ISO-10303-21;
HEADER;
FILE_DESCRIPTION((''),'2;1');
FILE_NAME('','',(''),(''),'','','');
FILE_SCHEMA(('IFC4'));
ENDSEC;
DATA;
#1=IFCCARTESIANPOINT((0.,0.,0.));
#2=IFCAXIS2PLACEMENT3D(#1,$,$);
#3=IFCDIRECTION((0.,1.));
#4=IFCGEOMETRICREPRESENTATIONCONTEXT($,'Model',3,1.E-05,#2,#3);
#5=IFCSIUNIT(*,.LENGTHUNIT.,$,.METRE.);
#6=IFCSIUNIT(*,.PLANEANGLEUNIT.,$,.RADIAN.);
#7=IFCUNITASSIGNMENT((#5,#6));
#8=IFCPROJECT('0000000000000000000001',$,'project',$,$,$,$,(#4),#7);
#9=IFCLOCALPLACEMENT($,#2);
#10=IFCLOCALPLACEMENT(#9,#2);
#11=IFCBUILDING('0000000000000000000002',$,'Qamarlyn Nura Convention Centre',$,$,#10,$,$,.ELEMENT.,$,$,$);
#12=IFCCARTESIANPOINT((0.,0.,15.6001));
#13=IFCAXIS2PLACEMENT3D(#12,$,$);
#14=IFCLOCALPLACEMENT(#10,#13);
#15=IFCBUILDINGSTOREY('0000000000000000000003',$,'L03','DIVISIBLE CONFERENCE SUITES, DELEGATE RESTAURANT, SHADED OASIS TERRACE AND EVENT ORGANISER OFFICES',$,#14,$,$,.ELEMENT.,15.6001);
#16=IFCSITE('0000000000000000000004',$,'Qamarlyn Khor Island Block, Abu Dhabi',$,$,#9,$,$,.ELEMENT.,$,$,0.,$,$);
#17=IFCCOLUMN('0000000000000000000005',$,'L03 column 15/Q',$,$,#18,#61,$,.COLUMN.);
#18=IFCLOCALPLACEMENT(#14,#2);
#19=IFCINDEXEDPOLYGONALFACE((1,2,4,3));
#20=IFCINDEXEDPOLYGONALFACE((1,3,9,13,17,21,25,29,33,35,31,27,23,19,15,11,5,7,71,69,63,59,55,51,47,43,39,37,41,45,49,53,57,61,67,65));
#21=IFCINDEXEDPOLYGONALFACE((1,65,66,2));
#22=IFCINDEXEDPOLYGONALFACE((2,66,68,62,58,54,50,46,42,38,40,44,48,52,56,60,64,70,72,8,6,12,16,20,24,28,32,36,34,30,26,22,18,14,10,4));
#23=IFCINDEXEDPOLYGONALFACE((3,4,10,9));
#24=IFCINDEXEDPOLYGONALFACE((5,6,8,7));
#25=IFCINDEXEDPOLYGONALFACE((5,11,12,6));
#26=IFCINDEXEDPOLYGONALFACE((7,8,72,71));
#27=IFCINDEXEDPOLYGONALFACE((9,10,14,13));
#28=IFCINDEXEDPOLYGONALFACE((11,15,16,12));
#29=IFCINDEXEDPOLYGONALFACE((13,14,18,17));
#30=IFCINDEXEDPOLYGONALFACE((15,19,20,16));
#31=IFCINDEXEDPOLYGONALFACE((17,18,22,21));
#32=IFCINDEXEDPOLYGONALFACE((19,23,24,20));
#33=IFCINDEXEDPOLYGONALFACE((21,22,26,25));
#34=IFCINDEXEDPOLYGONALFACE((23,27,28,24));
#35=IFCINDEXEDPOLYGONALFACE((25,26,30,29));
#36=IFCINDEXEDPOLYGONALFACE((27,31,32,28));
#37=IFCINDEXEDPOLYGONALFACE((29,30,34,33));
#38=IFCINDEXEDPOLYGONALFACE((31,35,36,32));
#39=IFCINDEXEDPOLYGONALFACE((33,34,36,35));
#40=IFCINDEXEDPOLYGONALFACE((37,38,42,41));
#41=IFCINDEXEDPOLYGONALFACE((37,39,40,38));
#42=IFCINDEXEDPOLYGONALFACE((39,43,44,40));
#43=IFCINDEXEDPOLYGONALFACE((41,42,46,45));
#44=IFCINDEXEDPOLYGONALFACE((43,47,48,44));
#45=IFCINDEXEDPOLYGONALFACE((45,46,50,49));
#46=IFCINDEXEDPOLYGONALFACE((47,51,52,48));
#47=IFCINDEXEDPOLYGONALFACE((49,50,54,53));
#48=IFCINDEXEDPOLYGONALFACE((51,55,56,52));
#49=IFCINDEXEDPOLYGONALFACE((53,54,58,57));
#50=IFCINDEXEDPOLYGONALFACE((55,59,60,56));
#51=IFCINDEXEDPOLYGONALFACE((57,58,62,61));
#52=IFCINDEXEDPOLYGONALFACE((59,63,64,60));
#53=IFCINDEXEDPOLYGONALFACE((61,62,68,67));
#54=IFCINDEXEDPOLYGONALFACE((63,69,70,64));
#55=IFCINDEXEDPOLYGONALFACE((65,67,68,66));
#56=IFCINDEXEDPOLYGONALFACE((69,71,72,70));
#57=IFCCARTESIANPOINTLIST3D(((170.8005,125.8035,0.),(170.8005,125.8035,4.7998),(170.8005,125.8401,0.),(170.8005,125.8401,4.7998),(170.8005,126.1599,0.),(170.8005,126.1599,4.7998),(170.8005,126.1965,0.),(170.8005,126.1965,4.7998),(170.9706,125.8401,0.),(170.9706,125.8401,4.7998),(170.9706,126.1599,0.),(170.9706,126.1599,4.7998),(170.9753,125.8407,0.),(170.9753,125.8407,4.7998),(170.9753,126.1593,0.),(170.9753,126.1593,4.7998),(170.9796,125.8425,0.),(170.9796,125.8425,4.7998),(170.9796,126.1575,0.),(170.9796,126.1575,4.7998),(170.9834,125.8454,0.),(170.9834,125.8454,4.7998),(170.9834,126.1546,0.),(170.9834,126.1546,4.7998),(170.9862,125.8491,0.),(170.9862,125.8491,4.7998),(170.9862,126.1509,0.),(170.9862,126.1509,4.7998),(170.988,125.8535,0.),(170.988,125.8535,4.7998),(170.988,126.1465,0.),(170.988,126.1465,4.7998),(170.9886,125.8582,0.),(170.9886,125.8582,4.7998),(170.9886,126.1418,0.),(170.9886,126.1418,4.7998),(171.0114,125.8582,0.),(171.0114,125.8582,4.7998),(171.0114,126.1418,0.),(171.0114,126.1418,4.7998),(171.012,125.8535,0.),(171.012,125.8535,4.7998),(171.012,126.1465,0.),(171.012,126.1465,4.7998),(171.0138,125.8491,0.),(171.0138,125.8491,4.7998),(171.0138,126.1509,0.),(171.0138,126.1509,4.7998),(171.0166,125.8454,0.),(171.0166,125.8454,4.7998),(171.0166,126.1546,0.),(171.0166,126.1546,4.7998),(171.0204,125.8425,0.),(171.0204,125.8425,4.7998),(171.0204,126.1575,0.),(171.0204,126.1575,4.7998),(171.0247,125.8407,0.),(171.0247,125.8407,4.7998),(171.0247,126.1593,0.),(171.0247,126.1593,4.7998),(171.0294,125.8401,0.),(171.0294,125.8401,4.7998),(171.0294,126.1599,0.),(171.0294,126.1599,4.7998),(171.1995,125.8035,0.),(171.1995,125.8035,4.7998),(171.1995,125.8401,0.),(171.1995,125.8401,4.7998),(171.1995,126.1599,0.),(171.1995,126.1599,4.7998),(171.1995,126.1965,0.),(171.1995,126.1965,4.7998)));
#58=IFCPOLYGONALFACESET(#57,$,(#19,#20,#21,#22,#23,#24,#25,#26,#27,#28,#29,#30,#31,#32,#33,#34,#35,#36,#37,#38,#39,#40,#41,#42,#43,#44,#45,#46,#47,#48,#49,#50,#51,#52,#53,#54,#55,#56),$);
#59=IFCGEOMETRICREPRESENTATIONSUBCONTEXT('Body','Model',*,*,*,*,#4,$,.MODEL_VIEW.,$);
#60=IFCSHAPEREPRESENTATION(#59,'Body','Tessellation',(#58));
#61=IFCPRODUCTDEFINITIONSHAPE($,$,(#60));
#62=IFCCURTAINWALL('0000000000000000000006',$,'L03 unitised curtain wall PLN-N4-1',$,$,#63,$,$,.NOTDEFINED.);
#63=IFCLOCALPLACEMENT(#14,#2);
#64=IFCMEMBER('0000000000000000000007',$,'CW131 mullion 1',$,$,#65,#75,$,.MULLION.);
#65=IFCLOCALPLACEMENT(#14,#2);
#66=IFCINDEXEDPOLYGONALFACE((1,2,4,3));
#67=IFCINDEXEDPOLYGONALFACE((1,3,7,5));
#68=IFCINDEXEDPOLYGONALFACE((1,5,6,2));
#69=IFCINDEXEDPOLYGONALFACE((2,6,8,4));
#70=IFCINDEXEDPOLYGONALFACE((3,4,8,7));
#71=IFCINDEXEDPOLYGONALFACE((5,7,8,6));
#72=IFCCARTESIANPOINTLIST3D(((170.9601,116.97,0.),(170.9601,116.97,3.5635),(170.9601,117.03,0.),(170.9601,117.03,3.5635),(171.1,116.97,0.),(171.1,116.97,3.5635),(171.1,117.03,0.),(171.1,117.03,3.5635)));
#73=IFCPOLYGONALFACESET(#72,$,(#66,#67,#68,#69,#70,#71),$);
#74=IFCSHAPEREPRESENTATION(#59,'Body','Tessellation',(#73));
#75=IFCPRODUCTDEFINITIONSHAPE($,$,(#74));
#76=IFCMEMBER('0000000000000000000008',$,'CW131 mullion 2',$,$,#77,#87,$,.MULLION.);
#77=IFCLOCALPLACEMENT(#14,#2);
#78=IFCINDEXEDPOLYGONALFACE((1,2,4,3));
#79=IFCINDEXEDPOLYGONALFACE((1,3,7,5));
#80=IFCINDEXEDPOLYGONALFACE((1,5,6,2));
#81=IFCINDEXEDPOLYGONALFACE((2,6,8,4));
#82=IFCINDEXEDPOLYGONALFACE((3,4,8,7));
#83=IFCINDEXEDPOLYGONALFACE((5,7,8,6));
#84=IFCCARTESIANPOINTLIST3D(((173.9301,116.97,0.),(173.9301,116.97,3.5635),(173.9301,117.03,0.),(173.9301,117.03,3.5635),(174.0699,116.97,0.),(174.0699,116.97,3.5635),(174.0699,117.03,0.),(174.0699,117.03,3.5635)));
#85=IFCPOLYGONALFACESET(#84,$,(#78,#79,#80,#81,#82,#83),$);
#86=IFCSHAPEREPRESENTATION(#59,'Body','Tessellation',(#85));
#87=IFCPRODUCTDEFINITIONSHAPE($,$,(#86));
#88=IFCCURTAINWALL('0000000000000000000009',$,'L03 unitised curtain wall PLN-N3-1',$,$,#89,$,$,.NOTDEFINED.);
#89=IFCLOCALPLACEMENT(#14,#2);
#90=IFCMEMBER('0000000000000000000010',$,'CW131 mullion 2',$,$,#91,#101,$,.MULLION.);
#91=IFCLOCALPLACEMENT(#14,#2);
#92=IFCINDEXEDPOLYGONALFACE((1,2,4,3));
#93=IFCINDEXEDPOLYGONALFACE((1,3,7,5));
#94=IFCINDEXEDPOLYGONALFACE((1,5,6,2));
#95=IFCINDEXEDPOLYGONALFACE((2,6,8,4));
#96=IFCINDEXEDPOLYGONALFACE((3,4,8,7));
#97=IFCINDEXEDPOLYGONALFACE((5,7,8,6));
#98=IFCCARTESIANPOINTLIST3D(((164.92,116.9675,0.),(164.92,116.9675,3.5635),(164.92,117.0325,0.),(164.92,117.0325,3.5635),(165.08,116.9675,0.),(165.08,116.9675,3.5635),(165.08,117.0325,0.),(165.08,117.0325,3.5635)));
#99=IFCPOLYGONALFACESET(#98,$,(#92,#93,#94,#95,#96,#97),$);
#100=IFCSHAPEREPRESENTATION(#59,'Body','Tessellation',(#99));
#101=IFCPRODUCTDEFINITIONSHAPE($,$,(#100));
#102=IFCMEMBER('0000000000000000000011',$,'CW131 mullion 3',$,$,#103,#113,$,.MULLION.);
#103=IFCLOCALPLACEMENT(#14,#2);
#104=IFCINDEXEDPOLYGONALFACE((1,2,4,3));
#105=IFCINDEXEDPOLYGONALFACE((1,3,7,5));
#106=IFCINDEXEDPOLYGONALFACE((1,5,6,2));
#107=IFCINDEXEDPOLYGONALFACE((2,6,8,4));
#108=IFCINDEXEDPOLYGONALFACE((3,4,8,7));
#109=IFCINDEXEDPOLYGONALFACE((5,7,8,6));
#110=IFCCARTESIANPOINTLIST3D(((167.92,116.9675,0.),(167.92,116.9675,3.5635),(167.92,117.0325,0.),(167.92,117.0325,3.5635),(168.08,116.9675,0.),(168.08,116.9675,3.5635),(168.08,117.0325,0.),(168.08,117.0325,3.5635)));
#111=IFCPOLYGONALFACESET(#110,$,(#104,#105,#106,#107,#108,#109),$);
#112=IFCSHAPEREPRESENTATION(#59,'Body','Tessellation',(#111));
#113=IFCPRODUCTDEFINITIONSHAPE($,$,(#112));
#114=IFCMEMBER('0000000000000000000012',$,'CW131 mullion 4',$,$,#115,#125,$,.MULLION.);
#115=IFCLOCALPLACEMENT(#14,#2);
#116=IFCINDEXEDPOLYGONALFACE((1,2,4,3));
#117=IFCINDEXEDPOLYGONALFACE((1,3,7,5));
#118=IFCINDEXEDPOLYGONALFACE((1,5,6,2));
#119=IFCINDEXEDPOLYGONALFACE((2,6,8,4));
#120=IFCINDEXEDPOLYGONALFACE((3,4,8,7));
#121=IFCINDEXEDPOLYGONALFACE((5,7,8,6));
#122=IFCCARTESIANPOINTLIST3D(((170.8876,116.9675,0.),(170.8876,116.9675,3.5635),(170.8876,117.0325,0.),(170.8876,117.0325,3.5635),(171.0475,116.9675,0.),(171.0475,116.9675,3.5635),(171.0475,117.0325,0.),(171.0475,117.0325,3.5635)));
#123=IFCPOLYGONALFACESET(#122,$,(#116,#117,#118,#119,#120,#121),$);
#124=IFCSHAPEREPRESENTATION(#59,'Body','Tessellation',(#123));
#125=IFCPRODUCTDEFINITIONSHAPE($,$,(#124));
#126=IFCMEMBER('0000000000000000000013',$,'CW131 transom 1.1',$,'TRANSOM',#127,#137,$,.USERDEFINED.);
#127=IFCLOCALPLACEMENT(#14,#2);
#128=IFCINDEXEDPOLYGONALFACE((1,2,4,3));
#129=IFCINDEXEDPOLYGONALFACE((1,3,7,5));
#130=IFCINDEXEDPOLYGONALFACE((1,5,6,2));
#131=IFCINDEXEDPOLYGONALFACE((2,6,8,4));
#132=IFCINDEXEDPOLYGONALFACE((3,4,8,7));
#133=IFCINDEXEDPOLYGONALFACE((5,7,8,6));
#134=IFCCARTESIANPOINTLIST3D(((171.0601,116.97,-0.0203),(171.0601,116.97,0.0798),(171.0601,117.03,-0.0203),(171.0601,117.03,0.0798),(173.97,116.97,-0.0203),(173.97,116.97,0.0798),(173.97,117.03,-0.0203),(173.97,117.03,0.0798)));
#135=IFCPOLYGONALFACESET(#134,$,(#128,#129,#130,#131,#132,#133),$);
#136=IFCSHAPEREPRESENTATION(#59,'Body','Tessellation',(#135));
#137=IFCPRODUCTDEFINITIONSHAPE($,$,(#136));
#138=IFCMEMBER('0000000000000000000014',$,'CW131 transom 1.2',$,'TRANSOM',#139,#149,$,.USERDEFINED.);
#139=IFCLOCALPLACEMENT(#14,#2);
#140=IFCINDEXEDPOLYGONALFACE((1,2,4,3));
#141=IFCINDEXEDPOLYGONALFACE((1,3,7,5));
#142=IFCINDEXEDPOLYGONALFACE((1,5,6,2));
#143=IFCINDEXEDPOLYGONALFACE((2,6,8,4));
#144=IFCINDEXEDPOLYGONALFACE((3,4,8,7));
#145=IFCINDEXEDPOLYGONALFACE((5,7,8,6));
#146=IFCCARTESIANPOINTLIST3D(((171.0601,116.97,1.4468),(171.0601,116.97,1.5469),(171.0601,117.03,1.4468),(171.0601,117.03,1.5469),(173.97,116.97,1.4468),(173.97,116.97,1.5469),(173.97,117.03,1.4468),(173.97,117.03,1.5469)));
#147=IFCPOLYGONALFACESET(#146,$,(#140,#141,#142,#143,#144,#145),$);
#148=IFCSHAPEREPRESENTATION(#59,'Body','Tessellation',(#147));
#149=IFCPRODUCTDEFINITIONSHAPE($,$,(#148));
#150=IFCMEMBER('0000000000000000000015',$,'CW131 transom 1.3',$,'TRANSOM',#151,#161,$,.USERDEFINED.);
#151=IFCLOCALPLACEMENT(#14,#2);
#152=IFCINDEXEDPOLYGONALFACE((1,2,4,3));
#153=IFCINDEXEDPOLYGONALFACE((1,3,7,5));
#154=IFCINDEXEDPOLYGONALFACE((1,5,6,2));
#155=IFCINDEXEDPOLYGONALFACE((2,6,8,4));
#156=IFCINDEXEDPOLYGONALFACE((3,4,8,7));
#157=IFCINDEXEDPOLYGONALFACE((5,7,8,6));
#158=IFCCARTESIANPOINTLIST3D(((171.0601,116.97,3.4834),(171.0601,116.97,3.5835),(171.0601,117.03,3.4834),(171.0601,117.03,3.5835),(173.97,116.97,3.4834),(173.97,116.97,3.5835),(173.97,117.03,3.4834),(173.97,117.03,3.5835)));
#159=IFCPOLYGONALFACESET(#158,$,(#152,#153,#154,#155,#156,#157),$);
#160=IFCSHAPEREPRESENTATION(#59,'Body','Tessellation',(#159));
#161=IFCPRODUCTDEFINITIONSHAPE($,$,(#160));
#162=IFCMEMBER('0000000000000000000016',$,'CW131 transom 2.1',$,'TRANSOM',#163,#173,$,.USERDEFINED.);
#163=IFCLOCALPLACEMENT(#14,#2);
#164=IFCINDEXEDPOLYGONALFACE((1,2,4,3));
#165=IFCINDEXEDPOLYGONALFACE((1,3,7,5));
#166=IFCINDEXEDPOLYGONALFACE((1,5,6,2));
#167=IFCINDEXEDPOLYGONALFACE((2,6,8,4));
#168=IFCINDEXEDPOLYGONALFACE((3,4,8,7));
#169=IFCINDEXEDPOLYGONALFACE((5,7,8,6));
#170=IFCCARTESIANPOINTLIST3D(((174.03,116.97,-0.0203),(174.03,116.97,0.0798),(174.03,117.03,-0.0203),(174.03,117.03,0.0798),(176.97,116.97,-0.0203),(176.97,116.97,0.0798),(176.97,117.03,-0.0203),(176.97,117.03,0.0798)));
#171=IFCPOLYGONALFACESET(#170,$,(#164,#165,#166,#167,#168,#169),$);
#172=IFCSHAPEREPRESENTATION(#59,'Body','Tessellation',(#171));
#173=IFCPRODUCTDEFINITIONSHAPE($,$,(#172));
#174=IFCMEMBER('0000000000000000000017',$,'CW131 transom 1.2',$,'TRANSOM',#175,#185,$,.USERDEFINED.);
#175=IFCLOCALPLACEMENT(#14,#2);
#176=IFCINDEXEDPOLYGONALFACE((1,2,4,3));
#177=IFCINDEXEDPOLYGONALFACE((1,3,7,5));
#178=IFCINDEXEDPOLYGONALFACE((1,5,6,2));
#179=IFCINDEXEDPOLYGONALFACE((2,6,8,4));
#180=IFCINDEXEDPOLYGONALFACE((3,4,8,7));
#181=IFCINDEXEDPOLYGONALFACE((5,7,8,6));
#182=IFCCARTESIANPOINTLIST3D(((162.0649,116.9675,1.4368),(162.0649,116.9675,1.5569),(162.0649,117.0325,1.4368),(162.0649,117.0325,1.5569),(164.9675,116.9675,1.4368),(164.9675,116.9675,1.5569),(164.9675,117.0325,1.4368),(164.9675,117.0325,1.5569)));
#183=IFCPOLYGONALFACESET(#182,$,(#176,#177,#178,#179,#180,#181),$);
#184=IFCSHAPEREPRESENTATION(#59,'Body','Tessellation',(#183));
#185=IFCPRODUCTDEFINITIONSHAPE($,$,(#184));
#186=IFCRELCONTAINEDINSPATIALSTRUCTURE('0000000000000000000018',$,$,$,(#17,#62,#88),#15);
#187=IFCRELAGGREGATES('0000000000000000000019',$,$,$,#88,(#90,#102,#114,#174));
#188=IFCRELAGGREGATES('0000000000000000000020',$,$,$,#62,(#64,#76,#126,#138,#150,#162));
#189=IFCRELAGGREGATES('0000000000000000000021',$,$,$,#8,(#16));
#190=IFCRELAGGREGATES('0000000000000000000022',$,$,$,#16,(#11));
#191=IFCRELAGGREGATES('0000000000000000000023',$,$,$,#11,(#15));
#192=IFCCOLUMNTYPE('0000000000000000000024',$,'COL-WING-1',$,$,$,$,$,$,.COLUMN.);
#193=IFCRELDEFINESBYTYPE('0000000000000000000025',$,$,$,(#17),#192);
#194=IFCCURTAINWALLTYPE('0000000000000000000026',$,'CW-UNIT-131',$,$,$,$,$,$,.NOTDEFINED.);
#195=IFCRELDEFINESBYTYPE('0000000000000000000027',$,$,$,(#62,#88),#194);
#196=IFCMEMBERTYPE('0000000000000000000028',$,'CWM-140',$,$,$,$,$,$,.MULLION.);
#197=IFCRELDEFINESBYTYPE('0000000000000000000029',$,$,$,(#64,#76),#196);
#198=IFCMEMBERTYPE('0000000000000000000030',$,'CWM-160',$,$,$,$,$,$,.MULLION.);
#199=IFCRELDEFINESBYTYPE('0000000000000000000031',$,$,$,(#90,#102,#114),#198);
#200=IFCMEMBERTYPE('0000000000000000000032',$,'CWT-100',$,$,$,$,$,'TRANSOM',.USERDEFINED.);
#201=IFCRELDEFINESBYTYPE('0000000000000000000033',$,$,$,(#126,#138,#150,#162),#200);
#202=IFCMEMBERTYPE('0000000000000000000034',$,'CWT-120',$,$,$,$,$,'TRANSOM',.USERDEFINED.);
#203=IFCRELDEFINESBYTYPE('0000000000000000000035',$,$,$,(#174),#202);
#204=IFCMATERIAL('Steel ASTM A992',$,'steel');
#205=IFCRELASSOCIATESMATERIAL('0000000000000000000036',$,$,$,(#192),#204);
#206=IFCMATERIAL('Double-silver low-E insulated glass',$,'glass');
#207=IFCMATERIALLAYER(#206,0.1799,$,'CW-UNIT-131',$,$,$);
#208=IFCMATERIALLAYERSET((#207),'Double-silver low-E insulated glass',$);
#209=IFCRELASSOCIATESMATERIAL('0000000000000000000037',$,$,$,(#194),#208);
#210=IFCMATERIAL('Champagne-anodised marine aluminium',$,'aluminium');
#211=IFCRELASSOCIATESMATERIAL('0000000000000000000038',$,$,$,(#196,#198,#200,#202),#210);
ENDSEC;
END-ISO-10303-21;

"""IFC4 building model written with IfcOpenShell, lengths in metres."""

from ifc_helpers import new_model, si_unit, direction, frame, origin, origin_2d, place, context, subcontext, project, spatial, rectangle, i_section, extrude, material, layer, layer_set, material_profile, profile_set, type_object, element, aggregate, save


model = new_model("IFC4")

# Units and contexts
model_context = context("Model", 3, precision=1e-05, world=origin(), true_north=direction((0.0, 1.0)))
body_context = subcontext(model_context, "Body", "Model", "MODEL_VIEW")
ifc_project = project(units=[si_unit("LENGTHUNIT", "METRE"), si_unit("PLANEANGLEUNIT", "RADIAN")], contexts=[model_context])

# Site, building, storey
site_placement = place(None, origin())
site = spatial("IfcSite", under=ifc_project, at=site_placement, Name="Qamarlyn Khor Island Block, Abu Dhabi", CompositionType="ELEMENT", RefElevation=0.0)
building_placement = place(site_placement, origin())
building = spatial("IfcBuilding", under=site, at=building_placement, Name="Qamarlyn Nura Convention Centre", CompositionType="ELEMENT")
storey_placement = place(building_placement, frame((0.0, 0.0, 15.6001)))
storey = spatial("IfcBuildingStorey", under=building, at=storey_placement, Name="L03", Description="DIVISIBLE CONFERENCE SUITES, DELEGATE RESTAURANT, SHADED OASIS TERRACE AND EVENT ORGANISER OFFICES", CompositionType="ELEMENT", Elevation=15.6001)

# Column
ifc_material_1 = material(Name="Steel ASTM A992", Category="steel")
ifc_material_profile_1 = material_profile(ifc_material_1, i_section(OverallWidth=0.3989, OverallDepth=0.3931, WebThickness=0.0227, FlangeThickness=0.0366, FilletRadius=0.0181, at=origin_2d()), Name="W360X287")
ifc_profile_set_1 = profile_set([ifc_material_profile_1], Name="Steel ASTM A992")
column_type = type_object("IfcColumnType", Name="COL-WING-1", PredefinedType="COLUMN", material=ifc_profile_set_1)
column_placement = place(storey_placement, frame((171.0, 126.0, 0.0), z_axis=(0.0, 0.0, 1.0), x_axis=(1.0, 0.0, 0.0)))
element("IfcColumn", 1, at=column_placement, inside=storey, type_object=column_type, Name="L03 column 15/Q", PredefinedType="COLUMN", context=body_context, shape_type="SweptSolid", body=[
    extrude(i_section(OverallWidth=0.3989, OverallDepth=0.3931, WebThickness=0.0227, FlangeThickness=0.0366, FilletRadius=0.0181, at=origin_2d()), origin(), (0.0, 0.0, 1.0), 4.7998),
])

# Curtain walls, members
ifc_material_2 = material(Name="Double-silver low-E insulated glass", Category="glass")
ifc_layer_1 = layer(ifc_material_2, 0.1799, Name="CW-UNIT-131")
ifc_layer_set_1 = layer_set([ifc_layer_1], Name="Double-silver low-E insulated glass")
curtain_wall_type = type_object("IfcCurtainWallType", Name="CW-UNIT-131", PredefinedType="NOTDEFINED", material=ifc_layer_set_1)
curtain_wall_1_placement = place(storey_placement, origin())
curtain_wall_1 = element("IfcCurtainWall", 2, at=curtain_wall_1_placement, inside=storey, type_object=curtain_wall_type, Name="L03 unitised curtain wall PLN-N4-1", PredefinedType="NOTDEFINED")
ifc_material_3 = material(Name="Champagne-anodised marine aluminium", Category="aluminium")
ifc_material_profile_2 = material_profile(ifc_material_3, rectangle(XDim=0.0601, YDim=0.1399, at=origin_2d()), Name="ALU MULLION 60x140")
ifc_profile_set_2 = profile_set([ifc_material_profile_2], Name="Champagne-anodised marine aluminium")
member_type_1 = type_object("IfcMemberType", Name="CWM-140", PredefinedType="MULLION", material=ifc_profile_set_2)
member_1_placement = place(storey_placement, frame((171.03, 117.0, 0.0), z_axis=(0.0, 0.0, 1.0), x_axis=(0.0, 1.0, 0.0)))
member_1 = element("IfcMember", 3, at=member_1_placement, type_object=member_type_1, Name="CW131 mullion 1", PredefinedType="MULLION", context=body_context, shape_type="SweptSolid", body=[
    extrude(rectangle(XDim=0.0601, YDim=0.1399, at=origin_2d()), origin(), (0.0, 0.0, 1.0), 3.5635),
])
member_2_placement = place(storey_placement, frame((174.0, 117.0, 0.0), z_axis=(0.0, 0.0, 1.0), x_axis=(0.0, 1.0, 0.0)))
member_2 = element("IfcMember", 4, at=member_2_placement, type_object=member_type_1, Name="CW131 mullion 2", PredefinedType="MULLION", context=body_context, shape_type="SweptSolid", body=[
    extrude(rectangle(XDim=0.0601, YDim=0.1399, at=origin_2d()), origin(), (0.0, 0.0, 1.0), 3.5635),
])
curtain_wall_2_placement = place(storey_placement, origin())
curtain_wall_2 = element("IfcCurtainWall", 5, at=curtain_wall_2_placement, inside=storey, type_object=curtain_wall_type, Name="L03 unitised curtain wall PLN-N3-1", PredefinedType="NOTDEFINED")
ifc_material_profile_3 = material_profile(ifc_material_3, rectangle(XDim=0.0649, YDim=0.1599, at=origin_2d()), Name="ALU MULLION 65x160")
ifc_profile_set_3 = profile_set([ifc_material_profile_3], Name="Champagne-anodised marine aluminium")
member_type_2 = type_object("IfcMemberType", Name="CWM-160", PredefinedType="MULLION", material=ifc_profile_set_3)
member_3_placement = place(storey_placement, frame((165.0, 117.0, 0.0), z_axis=(0.0, 0.0, 1.0), x_axis=(0.0, 1.0, 0.0)))
member_3 = element("IfcMember", 6, at=member_3_placement, type_object=member_type_2, Name="CW131 mullion 2", PredefinedType="MULLION", context=body_context, shape_type="SweptSolid", body=[
    extrude(rectangle(XDim=0.0649, YDim=0.1599, at=origin_2d()), origin(), (0.0, 0.0, 1.0), 3.5635),
])
member_4_placement = place(storey_placement, frame((168.0, 117.0, 0.0), z_axis=(0.0, 0.0, 1.0), x_axis=(0.0, 1.0, 0.0)))
member_4 = element("IfcMember", 7, at=member_4_placement, type_object=member_type_2, Name="CW131 mullion 3", PredefinedType="MULLION", context=body_context, shape_type="SweptSolid", body=[
    extrude(rectangle(XDim=0.0649, YDim=0.1599, at=origin_2d()), origin(), (0.0, 0.0, 1.0), 3.5635),
])
member_5_placement = place(storey_placement, frame((170.9675, 117.0, 0.0), z_axis=(0.0, 0.0, 1.0), x_axis=(0.0, 1.0, 0.0)))
member_5 = element("IfcMember", 8, at=member_5_placement, type_object=member_type_2, Name="CW131 mullion 4", PredefinedType="MULLION", context=body_context, shape_type="SweptSolid", body=[
    extrude(rectangle(XDim=0.0649, YDim=0.1599, at=origin_2d()), origin(), (0.0, 0.0, 1.0), 3.5635),
])

# Members
ifc_material_profile_4 = material_profile(ifc_material_3, rectangle(XDim=0.0601, YDim=0.1001, at=origin_2d()), Name="ALU TRANSOM 60x100")
ifc_profile_set_4 = profile_set([ifc_material_profile_4], Name="Champagne-anodised marine aluminium")
member_type_3 = type_object("IfcMemberType", Name="CWT-100", ElementType="TRANSOM", PredefinedType="USERDEFINED", material=ifc_profile_set_4)
member_6_placement = place(storey_placement, frame((171.0601, 117.0, 0.0298), z_axis=(1.0, 0.0, 0.0), x_axis=(0.0, 1.0, 0.0)))
member_6 = element("IfcMember", 9, at=member_6_placement, type_object=member_type_3, Name="CW131 transom 1.1", ObjectType="TRANSOM", PredefinedType="USERDEFINED", context=body_context, shape_type="SweptSolid", body=[
    extrude(rectangle(XDim=0.0601, YDim=0.1001, at=origin_2d()), origin(), (0.0, 0.0, 1.0), 2.9099),
])
member_7_placement = place(storey_placement, frame((171.0601, 117.0, 1.4968), z_axis=(1.0, 0.0, 0.0), x_axis=(0.0, 1.0, 0.0)))
member_7 = element("IfcMember", 10, at=member_7_placement, type_object=member_type_3, Name="CW131 transom 1.2", ObjectType="TRANSOM", PredefinedType="USERDEFINED", context=body_context, shape_type="SweptSolid", body=[
    extrude(rectangle(XDim=0.0601, YDim=0.1001, at=origin_2d()), origin(), (0.0, 0.0, 1.0), 2.9099),
])
member_8_placement = place(storey_placement, frame((171.0601, 117.0, 3.5334), z_axis=(1.0, 0.0, 0.0), x_axis=(0.0, 1.0, 0.0)))
member_8 = element("IfcMember", 11, at=member_8_placement, type_object=member_type_3, Name="CW131 transom 1.3", ObjectType="TRANSOM", PredefinedType="USERDEFINED", context=body_context, shape_type="SweptSolid", body=[
    extrude(rectangle(XDim=0.0601, YDim=0.1001, at=origin_2d()), origin(), (0.0, 0.0, 1.0), 2.9099),
])
member_9_placement = place(storey_placement, frame((174.03, 117.0, 0.0298), z_axis=(1.0, 0.0, 0.0), x_axis=(0.0, 1.0, 0.0)))
member_9 = element("IfcMember", 12, at=member_9_placement, type_object=member_type_3, Name="CW131 transom 2.1", ObjectType="TRANSOM", PredefinedType="USERDEFINED", context=body_context, shape_type="SweptSolid", body=[
    extrude(rectangle(XDim=0.0601, YDim=0.1001, at=origin_2d()), origin(), (0.0, 0.0, 1.0), 2.9399),
])
ifc_material_profile_5 = material_profile(ifc_material_3, rectangle(XDim=0.0649, YDim=0.1201, at=origin_2d()), Name="ALU TRANSOM 65x120")
ifc_profile_set_5 = profile_set([ifc_material_profile_5], Name="Champagne-anodised marine aluminium")
member_type_4 = type_object("IfcMemberType", Name="CWT-120", ElementType="TRANSOM", PredefinedType="USERDEFINED", material=ifc_profile_set_5)
member_10_placement = place(storey_placement, frame((162.0649, 117.0, 1.4968), z_axis=(1.0, 0.0, 0.0), x_axis=(0.0, 1.0, 0.0)))
member_10 = element("IfcMember", 13, at=member_10_placement, type_object=member_type_4, Name="CW131 transom 1.2", ObjectType="TRANSOM", PredefinedType="USERDEFINED", context=body_context, shape_type="SweptSolid", body=[
    extrude(rectangle(XDim=0.0649, YDim=0.1201, at=origin_2d()), origin(), (0.0, 0.0, 1.0), 2.9026),
])

aggregate(curtain_wall_2, [member_3, member_4, member_5, member_10])
aggregate(curtain_wall_1, [member_1, member_2, member_6, member_7, member_8, member_9])

save(model, "model.ifc")
